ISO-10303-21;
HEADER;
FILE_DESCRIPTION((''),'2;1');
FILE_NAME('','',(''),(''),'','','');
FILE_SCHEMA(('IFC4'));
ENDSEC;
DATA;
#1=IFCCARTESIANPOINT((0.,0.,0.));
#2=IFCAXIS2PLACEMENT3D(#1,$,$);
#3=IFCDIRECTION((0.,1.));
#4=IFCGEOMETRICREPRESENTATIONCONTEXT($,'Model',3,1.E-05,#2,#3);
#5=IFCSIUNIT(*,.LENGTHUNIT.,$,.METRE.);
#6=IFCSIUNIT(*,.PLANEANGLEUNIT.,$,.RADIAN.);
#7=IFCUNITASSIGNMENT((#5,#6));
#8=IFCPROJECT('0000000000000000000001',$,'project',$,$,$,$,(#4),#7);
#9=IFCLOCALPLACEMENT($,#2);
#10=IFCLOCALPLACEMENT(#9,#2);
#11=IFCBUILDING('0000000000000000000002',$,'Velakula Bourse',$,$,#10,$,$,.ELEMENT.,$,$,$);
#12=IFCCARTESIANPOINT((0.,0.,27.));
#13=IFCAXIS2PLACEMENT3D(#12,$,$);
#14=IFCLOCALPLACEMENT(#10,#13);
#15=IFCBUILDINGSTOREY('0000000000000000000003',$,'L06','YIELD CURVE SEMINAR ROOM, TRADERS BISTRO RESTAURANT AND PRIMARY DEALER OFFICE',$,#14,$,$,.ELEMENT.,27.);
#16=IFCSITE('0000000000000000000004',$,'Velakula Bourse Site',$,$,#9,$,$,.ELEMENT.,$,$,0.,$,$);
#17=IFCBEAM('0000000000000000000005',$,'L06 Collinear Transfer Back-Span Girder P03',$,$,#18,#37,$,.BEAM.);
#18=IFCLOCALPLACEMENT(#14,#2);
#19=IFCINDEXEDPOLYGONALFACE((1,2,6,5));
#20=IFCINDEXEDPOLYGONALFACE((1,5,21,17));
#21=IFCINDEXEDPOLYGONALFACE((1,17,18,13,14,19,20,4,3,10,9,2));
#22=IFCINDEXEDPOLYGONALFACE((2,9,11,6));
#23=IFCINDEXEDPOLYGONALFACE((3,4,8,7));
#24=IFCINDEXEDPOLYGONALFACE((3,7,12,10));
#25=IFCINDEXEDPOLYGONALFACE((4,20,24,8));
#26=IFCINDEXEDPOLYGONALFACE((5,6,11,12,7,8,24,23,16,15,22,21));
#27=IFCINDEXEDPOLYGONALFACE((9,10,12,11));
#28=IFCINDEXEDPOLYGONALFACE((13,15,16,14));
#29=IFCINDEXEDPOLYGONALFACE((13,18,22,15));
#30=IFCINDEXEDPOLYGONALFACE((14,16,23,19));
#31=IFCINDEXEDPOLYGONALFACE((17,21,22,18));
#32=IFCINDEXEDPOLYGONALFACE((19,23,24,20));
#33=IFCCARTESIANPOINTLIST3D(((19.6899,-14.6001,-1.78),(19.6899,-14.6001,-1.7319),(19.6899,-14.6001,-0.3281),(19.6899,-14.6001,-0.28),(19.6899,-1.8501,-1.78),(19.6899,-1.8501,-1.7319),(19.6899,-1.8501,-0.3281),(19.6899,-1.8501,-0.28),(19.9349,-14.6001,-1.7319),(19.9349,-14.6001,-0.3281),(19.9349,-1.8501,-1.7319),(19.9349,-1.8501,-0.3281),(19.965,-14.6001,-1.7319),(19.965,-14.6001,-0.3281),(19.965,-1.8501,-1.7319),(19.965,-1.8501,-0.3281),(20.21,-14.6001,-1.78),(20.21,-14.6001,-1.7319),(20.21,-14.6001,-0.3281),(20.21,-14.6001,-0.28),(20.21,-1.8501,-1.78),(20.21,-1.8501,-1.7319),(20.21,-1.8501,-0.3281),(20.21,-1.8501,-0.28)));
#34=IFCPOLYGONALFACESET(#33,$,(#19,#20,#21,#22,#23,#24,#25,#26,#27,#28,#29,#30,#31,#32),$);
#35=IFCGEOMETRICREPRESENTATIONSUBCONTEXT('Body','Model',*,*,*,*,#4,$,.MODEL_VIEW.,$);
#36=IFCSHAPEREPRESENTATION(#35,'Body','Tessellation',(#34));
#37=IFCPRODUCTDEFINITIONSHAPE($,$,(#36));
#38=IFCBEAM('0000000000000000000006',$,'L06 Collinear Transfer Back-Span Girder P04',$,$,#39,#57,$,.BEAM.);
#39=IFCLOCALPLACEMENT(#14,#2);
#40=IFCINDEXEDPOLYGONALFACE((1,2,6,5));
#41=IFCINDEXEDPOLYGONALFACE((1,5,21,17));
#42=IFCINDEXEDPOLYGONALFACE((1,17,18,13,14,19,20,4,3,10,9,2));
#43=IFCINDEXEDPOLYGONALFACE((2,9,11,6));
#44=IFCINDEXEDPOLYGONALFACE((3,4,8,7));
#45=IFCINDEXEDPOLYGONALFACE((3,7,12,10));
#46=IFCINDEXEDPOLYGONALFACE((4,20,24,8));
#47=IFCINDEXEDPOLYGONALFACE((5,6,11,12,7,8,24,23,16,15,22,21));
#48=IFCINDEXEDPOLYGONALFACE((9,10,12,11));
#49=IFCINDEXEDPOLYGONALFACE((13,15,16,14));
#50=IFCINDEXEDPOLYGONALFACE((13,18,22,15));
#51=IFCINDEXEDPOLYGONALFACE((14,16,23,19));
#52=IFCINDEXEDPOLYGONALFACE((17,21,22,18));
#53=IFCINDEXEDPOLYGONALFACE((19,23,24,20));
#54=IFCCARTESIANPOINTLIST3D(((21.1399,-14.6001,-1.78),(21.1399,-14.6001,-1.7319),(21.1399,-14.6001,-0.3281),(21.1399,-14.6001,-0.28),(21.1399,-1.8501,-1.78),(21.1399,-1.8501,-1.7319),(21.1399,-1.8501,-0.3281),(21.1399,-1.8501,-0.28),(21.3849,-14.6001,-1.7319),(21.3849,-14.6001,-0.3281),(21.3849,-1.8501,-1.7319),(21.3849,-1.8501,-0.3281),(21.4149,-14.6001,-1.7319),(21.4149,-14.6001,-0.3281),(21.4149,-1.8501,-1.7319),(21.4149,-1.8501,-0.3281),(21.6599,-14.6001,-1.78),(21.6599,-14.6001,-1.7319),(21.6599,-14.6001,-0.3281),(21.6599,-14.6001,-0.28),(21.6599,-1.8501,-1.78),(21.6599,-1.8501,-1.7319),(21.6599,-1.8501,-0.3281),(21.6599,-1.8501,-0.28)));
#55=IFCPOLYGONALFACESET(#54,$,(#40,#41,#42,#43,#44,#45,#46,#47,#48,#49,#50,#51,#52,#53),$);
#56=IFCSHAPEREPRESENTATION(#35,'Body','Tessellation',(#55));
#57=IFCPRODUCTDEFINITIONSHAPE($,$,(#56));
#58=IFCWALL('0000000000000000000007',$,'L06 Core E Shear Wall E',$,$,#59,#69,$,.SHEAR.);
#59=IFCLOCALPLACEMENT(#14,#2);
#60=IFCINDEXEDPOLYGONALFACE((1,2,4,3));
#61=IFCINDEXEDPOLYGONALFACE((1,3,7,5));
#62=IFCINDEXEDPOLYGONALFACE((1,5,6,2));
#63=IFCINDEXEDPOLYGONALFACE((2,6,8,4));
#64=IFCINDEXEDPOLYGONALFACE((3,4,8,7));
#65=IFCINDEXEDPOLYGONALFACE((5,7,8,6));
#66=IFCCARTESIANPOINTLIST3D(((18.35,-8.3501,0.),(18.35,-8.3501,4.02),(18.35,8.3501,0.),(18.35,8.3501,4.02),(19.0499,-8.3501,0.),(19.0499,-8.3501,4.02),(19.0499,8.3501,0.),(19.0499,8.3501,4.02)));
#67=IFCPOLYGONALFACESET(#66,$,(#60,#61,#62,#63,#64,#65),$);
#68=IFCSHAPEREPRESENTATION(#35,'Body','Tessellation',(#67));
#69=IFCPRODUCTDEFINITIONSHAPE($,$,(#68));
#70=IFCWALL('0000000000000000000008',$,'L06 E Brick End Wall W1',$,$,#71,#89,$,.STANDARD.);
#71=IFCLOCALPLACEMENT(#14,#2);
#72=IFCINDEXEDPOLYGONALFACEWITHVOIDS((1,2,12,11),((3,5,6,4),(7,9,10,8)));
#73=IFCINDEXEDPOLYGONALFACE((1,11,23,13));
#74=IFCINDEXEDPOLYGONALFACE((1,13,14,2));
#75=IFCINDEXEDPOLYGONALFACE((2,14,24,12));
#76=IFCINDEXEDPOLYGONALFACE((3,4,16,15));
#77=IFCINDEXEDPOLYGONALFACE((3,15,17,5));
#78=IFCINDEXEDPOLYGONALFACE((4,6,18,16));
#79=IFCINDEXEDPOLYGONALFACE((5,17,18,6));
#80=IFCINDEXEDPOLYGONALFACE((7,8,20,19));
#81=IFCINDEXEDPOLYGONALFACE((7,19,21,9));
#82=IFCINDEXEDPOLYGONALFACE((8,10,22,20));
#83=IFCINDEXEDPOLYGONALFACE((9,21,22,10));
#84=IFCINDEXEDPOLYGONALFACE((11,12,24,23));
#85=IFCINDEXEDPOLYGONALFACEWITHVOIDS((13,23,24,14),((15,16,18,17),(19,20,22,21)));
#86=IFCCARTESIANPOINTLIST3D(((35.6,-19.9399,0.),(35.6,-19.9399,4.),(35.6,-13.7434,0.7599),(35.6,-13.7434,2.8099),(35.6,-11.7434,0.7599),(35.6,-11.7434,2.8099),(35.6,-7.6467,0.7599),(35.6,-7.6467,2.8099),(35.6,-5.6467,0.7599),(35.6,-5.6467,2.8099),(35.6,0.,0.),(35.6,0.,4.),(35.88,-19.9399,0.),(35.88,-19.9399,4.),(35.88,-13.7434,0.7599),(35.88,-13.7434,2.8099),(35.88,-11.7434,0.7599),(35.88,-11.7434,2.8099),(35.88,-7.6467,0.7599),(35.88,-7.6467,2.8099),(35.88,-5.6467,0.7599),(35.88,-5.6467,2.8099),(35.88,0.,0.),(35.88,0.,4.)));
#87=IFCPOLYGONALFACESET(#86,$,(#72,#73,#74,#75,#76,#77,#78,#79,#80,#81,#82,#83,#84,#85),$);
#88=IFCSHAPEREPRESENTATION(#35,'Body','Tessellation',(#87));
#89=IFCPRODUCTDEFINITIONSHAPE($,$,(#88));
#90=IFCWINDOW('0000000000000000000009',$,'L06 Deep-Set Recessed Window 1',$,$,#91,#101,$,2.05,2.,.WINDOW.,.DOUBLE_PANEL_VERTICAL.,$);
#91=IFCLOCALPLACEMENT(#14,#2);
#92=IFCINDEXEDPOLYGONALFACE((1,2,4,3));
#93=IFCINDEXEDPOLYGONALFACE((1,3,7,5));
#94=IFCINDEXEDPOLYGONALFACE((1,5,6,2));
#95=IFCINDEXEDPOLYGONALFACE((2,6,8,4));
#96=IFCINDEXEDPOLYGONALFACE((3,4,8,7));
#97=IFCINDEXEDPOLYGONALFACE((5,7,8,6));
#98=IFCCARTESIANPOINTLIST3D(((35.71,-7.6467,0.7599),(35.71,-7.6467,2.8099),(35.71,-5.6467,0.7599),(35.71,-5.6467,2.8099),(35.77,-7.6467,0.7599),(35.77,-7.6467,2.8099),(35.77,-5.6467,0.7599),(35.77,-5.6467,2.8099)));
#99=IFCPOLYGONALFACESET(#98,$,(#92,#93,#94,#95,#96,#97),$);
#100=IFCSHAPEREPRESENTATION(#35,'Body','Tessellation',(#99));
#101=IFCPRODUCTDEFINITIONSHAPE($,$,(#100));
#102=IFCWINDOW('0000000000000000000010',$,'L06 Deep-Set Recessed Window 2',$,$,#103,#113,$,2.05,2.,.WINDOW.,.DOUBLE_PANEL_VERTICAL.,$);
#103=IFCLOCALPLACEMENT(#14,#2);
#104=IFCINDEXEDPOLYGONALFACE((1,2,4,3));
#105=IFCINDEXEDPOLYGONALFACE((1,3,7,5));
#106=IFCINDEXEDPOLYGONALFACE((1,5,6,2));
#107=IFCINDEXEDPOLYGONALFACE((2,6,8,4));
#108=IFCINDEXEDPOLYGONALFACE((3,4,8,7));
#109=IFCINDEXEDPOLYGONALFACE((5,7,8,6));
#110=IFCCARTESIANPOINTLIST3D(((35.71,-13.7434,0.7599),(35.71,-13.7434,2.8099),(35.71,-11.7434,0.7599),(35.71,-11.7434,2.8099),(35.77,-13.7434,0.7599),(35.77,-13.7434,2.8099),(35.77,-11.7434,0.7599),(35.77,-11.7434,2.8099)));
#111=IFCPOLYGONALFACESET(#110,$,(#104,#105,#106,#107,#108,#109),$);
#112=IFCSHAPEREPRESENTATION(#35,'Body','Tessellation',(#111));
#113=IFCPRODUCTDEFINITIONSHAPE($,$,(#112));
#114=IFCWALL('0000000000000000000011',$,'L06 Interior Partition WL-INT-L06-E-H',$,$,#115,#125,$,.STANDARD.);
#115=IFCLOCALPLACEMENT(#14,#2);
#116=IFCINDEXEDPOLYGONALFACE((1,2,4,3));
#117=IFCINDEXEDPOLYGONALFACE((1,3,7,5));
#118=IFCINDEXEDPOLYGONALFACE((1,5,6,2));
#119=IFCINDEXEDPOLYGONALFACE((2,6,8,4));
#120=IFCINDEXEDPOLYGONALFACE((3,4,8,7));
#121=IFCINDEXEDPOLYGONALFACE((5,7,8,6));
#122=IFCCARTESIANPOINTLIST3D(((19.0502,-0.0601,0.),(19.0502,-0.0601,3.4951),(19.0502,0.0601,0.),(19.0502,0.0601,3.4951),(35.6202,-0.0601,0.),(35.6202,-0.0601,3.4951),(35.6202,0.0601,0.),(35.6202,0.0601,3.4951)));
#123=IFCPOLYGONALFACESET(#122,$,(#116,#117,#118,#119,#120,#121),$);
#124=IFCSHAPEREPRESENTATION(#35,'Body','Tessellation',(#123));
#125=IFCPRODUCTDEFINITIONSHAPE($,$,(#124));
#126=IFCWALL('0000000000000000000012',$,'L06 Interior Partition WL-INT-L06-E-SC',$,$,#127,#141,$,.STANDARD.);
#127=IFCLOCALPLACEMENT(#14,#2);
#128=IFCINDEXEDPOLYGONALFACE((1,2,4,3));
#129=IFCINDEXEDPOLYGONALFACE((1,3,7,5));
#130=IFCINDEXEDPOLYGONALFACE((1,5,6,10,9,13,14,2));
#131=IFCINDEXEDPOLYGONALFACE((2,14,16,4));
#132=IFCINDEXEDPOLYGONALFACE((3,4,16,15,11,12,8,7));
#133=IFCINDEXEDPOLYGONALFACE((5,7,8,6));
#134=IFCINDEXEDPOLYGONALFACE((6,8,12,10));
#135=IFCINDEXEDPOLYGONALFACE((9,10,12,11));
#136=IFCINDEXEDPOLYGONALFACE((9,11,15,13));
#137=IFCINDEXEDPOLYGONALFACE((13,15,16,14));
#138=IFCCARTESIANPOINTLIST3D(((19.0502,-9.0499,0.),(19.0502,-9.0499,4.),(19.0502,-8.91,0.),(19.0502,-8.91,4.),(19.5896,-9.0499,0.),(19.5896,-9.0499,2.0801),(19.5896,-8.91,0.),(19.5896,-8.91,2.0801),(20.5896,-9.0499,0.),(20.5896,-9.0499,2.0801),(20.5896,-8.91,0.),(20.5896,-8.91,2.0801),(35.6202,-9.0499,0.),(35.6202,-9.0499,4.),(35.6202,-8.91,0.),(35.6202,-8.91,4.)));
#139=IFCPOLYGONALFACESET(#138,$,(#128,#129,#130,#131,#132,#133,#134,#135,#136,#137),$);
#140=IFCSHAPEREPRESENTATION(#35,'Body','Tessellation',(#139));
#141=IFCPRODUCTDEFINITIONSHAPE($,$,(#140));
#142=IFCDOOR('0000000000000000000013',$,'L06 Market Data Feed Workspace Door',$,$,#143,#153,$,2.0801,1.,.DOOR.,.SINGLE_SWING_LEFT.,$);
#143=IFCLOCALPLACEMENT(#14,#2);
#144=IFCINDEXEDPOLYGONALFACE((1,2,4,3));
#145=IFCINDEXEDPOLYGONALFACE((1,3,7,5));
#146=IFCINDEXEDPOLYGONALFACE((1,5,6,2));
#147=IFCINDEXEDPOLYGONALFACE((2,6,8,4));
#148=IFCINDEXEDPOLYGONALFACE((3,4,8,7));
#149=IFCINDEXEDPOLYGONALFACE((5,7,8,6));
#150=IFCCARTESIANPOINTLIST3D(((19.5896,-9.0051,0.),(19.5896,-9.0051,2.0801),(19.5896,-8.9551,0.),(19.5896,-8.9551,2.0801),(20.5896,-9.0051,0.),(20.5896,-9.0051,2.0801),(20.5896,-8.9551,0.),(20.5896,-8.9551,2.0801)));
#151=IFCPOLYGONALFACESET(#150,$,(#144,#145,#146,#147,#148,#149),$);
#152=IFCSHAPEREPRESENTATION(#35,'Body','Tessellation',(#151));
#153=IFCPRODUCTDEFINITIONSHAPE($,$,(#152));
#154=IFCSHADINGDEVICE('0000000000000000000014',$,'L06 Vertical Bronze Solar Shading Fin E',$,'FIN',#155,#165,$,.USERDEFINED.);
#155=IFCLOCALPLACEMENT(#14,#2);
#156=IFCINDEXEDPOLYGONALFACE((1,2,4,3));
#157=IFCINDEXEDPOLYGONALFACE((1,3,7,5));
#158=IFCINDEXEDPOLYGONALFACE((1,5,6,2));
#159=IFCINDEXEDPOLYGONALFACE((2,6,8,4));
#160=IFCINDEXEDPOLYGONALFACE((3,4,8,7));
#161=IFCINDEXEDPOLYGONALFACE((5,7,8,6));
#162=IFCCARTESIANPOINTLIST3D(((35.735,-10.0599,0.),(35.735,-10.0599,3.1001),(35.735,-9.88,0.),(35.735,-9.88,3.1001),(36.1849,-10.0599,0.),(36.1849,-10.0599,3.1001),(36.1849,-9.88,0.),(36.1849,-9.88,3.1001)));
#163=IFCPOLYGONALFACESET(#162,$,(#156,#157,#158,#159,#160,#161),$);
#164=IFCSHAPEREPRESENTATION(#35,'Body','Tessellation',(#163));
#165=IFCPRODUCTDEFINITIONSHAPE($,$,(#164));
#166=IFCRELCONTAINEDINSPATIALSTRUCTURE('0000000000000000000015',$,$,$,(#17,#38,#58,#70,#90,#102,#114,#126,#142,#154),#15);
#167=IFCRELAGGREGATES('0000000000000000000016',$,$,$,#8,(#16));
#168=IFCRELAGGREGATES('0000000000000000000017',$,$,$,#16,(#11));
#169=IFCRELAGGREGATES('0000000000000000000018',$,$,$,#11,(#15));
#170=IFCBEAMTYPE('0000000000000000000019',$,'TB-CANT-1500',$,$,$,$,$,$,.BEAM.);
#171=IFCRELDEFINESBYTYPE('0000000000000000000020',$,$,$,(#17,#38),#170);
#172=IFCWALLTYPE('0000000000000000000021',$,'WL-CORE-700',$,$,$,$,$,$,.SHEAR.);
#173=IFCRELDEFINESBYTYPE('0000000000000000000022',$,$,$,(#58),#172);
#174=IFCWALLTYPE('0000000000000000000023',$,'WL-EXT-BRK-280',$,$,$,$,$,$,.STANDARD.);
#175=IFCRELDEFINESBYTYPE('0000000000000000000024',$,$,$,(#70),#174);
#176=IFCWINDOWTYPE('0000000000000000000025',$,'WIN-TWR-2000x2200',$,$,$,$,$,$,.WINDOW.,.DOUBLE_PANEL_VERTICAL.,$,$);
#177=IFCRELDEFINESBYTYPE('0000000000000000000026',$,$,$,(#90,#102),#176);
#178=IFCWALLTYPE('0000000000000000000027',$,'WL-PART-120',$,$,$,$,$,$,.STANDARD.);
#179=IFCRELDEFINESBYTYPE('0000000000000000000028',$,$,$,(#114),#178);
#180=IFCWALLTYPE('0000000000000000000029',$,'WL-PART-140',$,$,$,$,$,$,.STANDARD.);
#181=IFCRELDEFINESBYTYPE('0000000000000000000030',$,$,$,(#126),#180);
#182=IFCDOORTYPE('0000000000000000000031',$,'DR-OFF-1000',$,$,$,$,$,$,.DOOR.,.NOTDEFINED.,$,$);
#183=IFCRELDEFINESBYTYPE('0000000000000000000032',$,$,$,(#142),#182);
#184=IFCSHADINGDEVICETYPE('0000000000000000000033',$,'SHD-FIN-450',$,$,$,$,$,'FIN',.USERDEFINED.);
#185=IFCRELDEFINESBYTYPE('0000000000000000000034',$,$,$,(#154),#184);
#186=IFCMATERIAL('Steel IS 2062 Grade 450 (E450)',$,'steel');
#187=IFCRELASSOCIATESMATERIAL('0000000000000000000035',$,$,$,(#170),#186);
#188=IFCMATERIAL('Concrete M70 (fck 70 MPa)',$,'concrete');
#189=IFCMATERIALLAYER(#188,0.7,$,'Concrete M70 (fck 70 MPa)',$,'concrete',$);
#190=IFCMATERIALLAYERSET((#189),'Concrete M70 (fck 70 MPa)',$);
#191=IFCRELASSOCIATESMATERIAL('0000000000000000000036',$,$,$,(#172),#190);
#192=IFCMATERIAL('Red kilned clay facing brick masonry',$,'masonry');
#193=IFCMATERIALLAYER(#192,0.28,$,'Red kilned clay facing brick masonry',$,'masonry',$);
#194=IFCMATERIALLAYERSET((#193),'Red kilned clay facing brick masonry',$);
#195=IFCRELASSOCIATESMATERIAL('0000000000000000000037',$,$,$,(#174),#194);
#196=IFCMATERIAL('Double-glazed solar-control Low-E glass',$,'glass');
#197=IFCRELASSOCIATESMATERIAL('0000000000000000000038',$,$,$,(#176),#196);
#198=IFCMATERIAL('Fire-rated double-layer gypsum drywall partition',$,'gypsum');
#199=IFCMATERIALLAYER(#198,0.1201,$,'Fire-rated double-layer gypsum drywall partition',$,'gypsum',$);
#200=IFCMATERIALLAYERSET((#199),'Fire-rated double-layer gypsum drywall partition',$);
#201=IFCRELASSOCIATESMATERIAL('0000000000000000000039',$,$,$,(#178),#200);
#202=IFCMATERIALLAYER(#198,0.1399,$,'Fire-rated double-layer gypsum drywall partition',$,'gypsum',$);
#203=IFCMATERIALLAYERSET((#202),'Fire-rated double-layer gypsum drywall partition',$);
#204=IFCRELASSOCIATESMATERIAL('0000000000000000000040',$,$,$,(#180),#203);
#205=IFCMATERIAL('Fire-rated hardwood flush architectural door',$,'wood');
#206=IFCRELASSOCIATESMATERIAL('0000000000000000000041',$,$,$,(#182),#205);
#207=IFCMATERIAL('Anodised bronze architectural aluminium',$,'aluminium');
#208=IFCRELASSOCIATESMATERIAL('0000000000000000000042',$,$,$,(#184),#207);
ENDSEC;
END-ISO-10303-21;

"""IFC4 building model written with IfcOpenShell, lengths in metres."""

from ifc_helpers import new_model, si_unit, direction, frame, frame_2d, origin, origin_2d, place, context, subcontext, project, spatial, rectangle, i_section, extrude, material, layer, layer_set, material_profile, profile_set, type_object, element, fill, save


model = new_model("IFC4")

# Units and contexts
model_context = context("Model", 3, precision=1e-05, world=origin(), true_north=direction((0.0, 1.0)))
body_context = subcontext(model_context, "Body", "Model", "MODEL_VIEW")
ifc_project = project(units=[si_unit("LENGTHUNIT", "METRE"), si_unit("PLANEANGLEUNIT", "RADIAN")], contexts=[model_context])

# Site, building, storey
site_placement = place(None, origin())
site = spatial("IfcSite", under=ifc_project, at=site_placement, Name="Velakula Bourse Site", CompositionType="ELEMENT", RefElevation=0.0)
building_placement = place(site_placement, origin())
building = spatial("IfcBuilding", under=site, at=building_placement, Name="Velakula Bourse", CompositionType="ELEMENT")
storey_placement = place(building_placement, frame((0.0, 0.0, 27.0)))
storey = spatial("IfcBuildingStorey", under=building, at=storey_placement, Name="L06", Description="YIELD CURVE SEMINAR ROOM, TRADERS BISTRO RESTAURANT AND PRIMARY DEALER OFFICE", CompositionType="ELEMENT", Elevation=27.0)

# Shared definitions
ifc_material_1 = material(Name="Concrete M70 (fck 70 MPa)", Category="concrete")
ifc_material_2 = material(Name="Steel IS 2062 Grade 450 (E450)", Category="steel")

# Beams
ifc_material_profile_1 = material_profile(ifc_material_2, i_section(OverallWidth=0.52, OverallDepth=1.5, WebThickness=0.03, FlangeThickness=0.0481, at=origin_2d()), Name="Steel IS 2062 Grade 450 (E450)")
ifc_profile_set_1 = profile_set([ifc_material_profile_1], Name="Steel IS 2062 Grade 450 (E450)")
beam_type_1 = type_object("IfcBeamType", Name="TB-CANT-1500", PredefinedType="BEAM", material=ifc_profile_set_1)
for number, where, z_axis, x_axis, name in (
    (1, (19.95, -1.8501, -1.03), (0.0, -1.0, 0.0), (1.0, 0.0, 0.0), "L06 Collinear Transfer Back-Span Girder P03"),
    (2, (21.3999, -1.8501, -1.03), (0.0, -1.0, 0.0), (1.0, 0.0, 0.0), "L06 Collinear Transfer Back-Span Girder P04"),
):
    element("IfcBeam", number, at=place(storey_placement, frame(where, z_axis=z_axis, x_axis=x_axis)), inside=storey, type_object=beam_type_1, Name=name, PredefinedType="BEAM", context=body_context, shape_type="SweptSolid", body=[
        extrude(i_section(OverallWidth=0.52, OverallDepth=1.5, WebThickness=0.03, FlangeThickness=0.0481, at=origin_2d()), origin(), (0.0, 0.0, 1.0), 12.75),
    ])

# Wall
ifc_layer_1 = layer(ifc_material_1, 0.7, Name="Concrete M70 (fck 70 MPa)", Category="concrete")
ifc_layer_set_1 = layer_set([ifc_layer_1], Name="Concrete M70 (fck 70 MPa)")
wall_type_1 = type_object("IfcWallType", Name="WL-CORE-700", PredefinedType="SHEAR", material=ifc_layer_set_1)
wall_1_placement = place(storey_placement, frame((18.7, -8.3501, 0.0), z_axis=(0.0, 0.0, 1.0), x_axis=(0.0, 1.0, 0.0)))
element("IfcWall", 3, at=wall_1_placement, inside=storey, type_object=wall_type_1, Name="L06 Core E Shear Wall E", PredefinedType="SHEAR", context=body_context, shape_type="SweptSolid", body=[
    extrude(rectangle(XDim=16.7002, YDim=0.7, at=frame_2d((8.3501, 0.0))), origin(), (0.0, 0.0, 1.0), 4.02),
])

# Wall, openings, windows
ifc_material_3 = material(Name="Red kilned clay facing brick masonry", Category="masonry")
ifc_layer_2 = layer(ifc_material_3, 0.28, Name="Red kilned clay facing brick masonry", Category="masonry")
ifc_layer_set_2 = layer_set([ifc_layer_2], Name="Red kilned clay facing brick masonry")
wall_type_2 = type_object("IfcWallType", Name="WL-EXT-BRK-280", PredefinedType="STANDARD", material=ifc_layer_set_2)
wall_2_placement = place(storey_placement, frame((35.74, 0.0, 0.0), z_axis=(0.0, 0.0, 1.0), x_axis=(0.0, -1.0, 0.0)))
wall_2 = element("IfcWall", 4, at=wall_2_placement, inside=storey, type_object=wall_type_2, Name="L06 E Brick End Wall W1", PredefinedType="STANDARD", context=body_context, shape_type="SweptSolid", body=[
    extrude(rectangle(XDim=19.9399, YDim=0.28, at=frame_2d((9.97, 0.0))), origin(), (0.0, 0.0, 1.0), 4.0),
])
opening_1_placement = place(wall_2_placement, frame((5.6467, 0.0, 0.76)))
opening_1 = element("IfcOpeningElement", 5, at=opening_1_placement, cuts=wall_2, PredefinedType="OPENING", context=body_context, shape_type="SweptSolid", body=[
    extrude(rectangle(XDim=2.0, YDim=2.05, at=frame_2d((1.0, 1.0249))), frame((0.0, 0.1499, 0.0), z_axis=(0.0, -1.0, 0.0), x_axis=(1.0, 0.0, 0.0)), (0.0, 0.0, 1.0), 0.3),
])
opening_2_placement = place(wall_2_placement, frame((11.7434, 0.0, 0.76)))
opening_2 = element("IfcOpeningElement", 6, at=opening_2_placement, cuts=wall_2, PredefinedType="OPENING", context=body_context, shape_type="SweptSolid", body=[
    extrude(rectangle(XDim=2.0, YDim=2.05, at=frame_2d((1.0, 1.0249))), frame((0.0, 0.1499, 0.0), z_axis=(0.0, -1.0, 0.0), x_axis=(1.0, 0.0, 0.0)), (0.0, 0.0, 1.0), 0.3),
])
ifc_material_4 = material(Name="Double-glazed solar-control Low-E glass", Category="glass")
window_type = type_object("IfcWindowType", Name="WIN-TWR-2000x2200", PartitioningType="DOUBLE_PANEL_VERTICAL", PredefinedType="WINDOW", material=ifc_material_4)
window_1_placement = place(opening_1_placement, origin())
window_1 = element("IfcWindow", 7, at=window_1_placement, inside=storey, type_object=window_type, Name="L06 Deep-Set Recessed Window 1", OverallHeight=2.05, OverallWidth=2.0, PartitioningType="DOUBLE_PANEL_VERTICAL", PredefinedType="WINDOW", context=body_context, shape_type="SweptSolid", body=[
    extrude(rectangle(XDim=2.0, YDim=2.05, at=frame_2d((1.0, 1.0249))), frame((0.0, 0.03, 0.0), z_axis=(0.0, -1.0, 0.0), x_axis=(1.0, 0.0, 0.0)), (0.0, 0.0, 1.0), 0.0601),
])
fill(opening_1, window_1)
window_2_placement = place(opening_2_placement, origin())
window_2 = element("IfcWindow", 8, at=window_2_placement, inside=storey, type_object=window_type, Name="L06 Deep-Set Recessed Window 2", OverallHeight=2.05, OverallWidth=2.0, PartitioningType="DOUBLE_PANEL_VERTICAL", PredefinedType="WINDOW", context=body_context, shape_type="SweptSolid", body=[
    extrude(rectangle(XDim=2.0, YDim=2.05, at=frame_2d((1.0, 1.0249))), frame((0.0, 0.03, 0.0), z_axis=(0.0, -1.0, 0.0), x_axis=(1.0, 0.0, 0.0)), (0.0, 0.0, 1.0), 0.0601),
])
fill(opening_2, window_2)

# Wall
ifc_material_5 = material(Name="Fire-rated double-layer gypsum drywall partition", Category="gypsum")
ifc_layer_3 = layer(ifc_material_5, 0.1201, Name="Fire-rated double-layer gypsum drywall partition", Category="gypsum")
ifc_layer_set_3 = layer_set([ifc_layer_3], Name="Fire-rated double-layer gypsum drywall partition")
wall_type_3 = type_object("IfcWallType", Name="WL-PART-120", PredefinedType="STANDARD", material=ifc_layer_set_3)
wall_3_placement = place(storey_placement, frame((19.05, 0.0, 0.0), z_axis=(0.0, 0.0, 1.0), x_axis=(1.0, 0.0, 0.0)))
element("IfcWall", 9, at=wall_3_placement, inside=storey, type_object=wall_type_3, Name="L06 Interior Partition WL-INT-L06-E-H", PredefinedType="STANDARD", context=body_context, shape_type="SweptSolid", body=[
    extrude(rectangle(XDim=16.5701, YDim=0.1201, at=frame_2d((8.2852, 0.0))), origin(), (0.0, 0.0, 1.0), 3.4951),
])

# Wall, opening, door
ifc_layer_4 = layer(ifc_material_5, 0.1399, Name="Fire-rated double-layer gypsum drywall partition", Category="gypsum")
ifc_layer_set_4 = layer_set([ifc_layer_4], Name="Fire-rated double-layer gypsum drywall partition")
wall_type_4 = type_object("IfcWallType", Name="WL-PART-140", PredefinedType="STANDARD", material=ifc_layer_set_4)
wall_4_placement = place(storey_placement, frame((19.05, -8.98, 0.0), z_axis=(0.0, 0.0, 1.0), x_axis=(1.0, 0.0, 0.0)))
wall_4 = element("IfcWall", 10, at=wall_4_placement, inside=storey, type_object=wall_type_4, Name="L06 Interior Partition WL-INT-L06-E-SC", PredefinedType="STANDARD", context=body_context, shape_type="SweptSolid", body=[
    extrude(rectangle(XDim=16.5701, YDim=0.1399, at=frame_2d((8.2852, 0.0))), origin(), (0.0, 0.0, 1.0), 4.0),
])
opening_3_placement = place(wall_4_placement, frame((0.5396, 0.0, 0.0)))
opening_3 = element("IfcOpeningElement", 11, at=opening_3_placement, cuts=wall_4, PredefinedType="OPENING", context=body_context, shape_type="SweptSolid", body=[
    extrude(rectangle(XDim=1.0, YDim=2.0801, at=frame_2d((0.5, 1.04))), frame((0.0, 0.0798, 0.0), z_axis=(0.0, -1.0, 0.0), x_axis=(1.0, 0.0, 0.0)), (0.0, 0.0, 1.0), 0.1599),
])
ifc_material_6 = material(Name="Fire-rated hardwood flush architectural door", Category="wood")
door_type = type_object("IfcDoorType", Name="DR-OFF-1000", OperationType="NOTDEFINED", PredefinedType="DOOR", material=ifc_material_6)
door_placement = place(opening_3_placement, origin())
door = element("IfcDoor", 12, at=door_placement, inside=storey, type_object=door_type, Name="L06 Market Data Feed Workspace Door", OperationType="SINGLE_SWING_LEFT", OverallHeight=2.0801, OverallWidth=1.0, PredefinedType="DOOR", context=body_context, shape_type="SweptSolid", body=[
    extrude(rectangle(XDim=1.0, YDim=2.0801, at=frame_2d((0.5, 1.04))), frame((0.0, 0.0249, 0.0), z_axis=(0.0, -1.0, 0.0), x_axis=(1.0, 0.0, 0.0)), (0.0, 0.0, 1.0), 0.05),
])
fill(opening_3, door)

# Shading device
ifc_material_7 = material(Name="Anodised bronze architectural aluminium", Category="aluminium")
shading_device_type = type_object("IfcShadingDeviceType", Name="SHD-FIN-450", ElementType="FIN", PredefinedType="USERDEFINED", material=ifc_material_7)
shading_device_placement = place(storey_placement, frame((35.96, -9.97, 0.0), z_axis=(0.0, 0.0, 1.0), x_axis=(1.0, 0.0, 0.0)))
element("IfcShadingDevice", 13, at=shading_device_placement, inside=storey, type_object=shading_device_type, Name="L06 Vertical Bronze Solar Shading Fin E", ObjectType="FIN", PredefinedType="USERDEFINED", context=body_context, shape_type="SweptSolid", body=[
    extrude(rectangle(XDim=0.45, YDim=0.1799, at=origin_2d()), origin(), (0.0, 0.0, 1.0), 3.1001),
])

save(model, "model.ifc")
